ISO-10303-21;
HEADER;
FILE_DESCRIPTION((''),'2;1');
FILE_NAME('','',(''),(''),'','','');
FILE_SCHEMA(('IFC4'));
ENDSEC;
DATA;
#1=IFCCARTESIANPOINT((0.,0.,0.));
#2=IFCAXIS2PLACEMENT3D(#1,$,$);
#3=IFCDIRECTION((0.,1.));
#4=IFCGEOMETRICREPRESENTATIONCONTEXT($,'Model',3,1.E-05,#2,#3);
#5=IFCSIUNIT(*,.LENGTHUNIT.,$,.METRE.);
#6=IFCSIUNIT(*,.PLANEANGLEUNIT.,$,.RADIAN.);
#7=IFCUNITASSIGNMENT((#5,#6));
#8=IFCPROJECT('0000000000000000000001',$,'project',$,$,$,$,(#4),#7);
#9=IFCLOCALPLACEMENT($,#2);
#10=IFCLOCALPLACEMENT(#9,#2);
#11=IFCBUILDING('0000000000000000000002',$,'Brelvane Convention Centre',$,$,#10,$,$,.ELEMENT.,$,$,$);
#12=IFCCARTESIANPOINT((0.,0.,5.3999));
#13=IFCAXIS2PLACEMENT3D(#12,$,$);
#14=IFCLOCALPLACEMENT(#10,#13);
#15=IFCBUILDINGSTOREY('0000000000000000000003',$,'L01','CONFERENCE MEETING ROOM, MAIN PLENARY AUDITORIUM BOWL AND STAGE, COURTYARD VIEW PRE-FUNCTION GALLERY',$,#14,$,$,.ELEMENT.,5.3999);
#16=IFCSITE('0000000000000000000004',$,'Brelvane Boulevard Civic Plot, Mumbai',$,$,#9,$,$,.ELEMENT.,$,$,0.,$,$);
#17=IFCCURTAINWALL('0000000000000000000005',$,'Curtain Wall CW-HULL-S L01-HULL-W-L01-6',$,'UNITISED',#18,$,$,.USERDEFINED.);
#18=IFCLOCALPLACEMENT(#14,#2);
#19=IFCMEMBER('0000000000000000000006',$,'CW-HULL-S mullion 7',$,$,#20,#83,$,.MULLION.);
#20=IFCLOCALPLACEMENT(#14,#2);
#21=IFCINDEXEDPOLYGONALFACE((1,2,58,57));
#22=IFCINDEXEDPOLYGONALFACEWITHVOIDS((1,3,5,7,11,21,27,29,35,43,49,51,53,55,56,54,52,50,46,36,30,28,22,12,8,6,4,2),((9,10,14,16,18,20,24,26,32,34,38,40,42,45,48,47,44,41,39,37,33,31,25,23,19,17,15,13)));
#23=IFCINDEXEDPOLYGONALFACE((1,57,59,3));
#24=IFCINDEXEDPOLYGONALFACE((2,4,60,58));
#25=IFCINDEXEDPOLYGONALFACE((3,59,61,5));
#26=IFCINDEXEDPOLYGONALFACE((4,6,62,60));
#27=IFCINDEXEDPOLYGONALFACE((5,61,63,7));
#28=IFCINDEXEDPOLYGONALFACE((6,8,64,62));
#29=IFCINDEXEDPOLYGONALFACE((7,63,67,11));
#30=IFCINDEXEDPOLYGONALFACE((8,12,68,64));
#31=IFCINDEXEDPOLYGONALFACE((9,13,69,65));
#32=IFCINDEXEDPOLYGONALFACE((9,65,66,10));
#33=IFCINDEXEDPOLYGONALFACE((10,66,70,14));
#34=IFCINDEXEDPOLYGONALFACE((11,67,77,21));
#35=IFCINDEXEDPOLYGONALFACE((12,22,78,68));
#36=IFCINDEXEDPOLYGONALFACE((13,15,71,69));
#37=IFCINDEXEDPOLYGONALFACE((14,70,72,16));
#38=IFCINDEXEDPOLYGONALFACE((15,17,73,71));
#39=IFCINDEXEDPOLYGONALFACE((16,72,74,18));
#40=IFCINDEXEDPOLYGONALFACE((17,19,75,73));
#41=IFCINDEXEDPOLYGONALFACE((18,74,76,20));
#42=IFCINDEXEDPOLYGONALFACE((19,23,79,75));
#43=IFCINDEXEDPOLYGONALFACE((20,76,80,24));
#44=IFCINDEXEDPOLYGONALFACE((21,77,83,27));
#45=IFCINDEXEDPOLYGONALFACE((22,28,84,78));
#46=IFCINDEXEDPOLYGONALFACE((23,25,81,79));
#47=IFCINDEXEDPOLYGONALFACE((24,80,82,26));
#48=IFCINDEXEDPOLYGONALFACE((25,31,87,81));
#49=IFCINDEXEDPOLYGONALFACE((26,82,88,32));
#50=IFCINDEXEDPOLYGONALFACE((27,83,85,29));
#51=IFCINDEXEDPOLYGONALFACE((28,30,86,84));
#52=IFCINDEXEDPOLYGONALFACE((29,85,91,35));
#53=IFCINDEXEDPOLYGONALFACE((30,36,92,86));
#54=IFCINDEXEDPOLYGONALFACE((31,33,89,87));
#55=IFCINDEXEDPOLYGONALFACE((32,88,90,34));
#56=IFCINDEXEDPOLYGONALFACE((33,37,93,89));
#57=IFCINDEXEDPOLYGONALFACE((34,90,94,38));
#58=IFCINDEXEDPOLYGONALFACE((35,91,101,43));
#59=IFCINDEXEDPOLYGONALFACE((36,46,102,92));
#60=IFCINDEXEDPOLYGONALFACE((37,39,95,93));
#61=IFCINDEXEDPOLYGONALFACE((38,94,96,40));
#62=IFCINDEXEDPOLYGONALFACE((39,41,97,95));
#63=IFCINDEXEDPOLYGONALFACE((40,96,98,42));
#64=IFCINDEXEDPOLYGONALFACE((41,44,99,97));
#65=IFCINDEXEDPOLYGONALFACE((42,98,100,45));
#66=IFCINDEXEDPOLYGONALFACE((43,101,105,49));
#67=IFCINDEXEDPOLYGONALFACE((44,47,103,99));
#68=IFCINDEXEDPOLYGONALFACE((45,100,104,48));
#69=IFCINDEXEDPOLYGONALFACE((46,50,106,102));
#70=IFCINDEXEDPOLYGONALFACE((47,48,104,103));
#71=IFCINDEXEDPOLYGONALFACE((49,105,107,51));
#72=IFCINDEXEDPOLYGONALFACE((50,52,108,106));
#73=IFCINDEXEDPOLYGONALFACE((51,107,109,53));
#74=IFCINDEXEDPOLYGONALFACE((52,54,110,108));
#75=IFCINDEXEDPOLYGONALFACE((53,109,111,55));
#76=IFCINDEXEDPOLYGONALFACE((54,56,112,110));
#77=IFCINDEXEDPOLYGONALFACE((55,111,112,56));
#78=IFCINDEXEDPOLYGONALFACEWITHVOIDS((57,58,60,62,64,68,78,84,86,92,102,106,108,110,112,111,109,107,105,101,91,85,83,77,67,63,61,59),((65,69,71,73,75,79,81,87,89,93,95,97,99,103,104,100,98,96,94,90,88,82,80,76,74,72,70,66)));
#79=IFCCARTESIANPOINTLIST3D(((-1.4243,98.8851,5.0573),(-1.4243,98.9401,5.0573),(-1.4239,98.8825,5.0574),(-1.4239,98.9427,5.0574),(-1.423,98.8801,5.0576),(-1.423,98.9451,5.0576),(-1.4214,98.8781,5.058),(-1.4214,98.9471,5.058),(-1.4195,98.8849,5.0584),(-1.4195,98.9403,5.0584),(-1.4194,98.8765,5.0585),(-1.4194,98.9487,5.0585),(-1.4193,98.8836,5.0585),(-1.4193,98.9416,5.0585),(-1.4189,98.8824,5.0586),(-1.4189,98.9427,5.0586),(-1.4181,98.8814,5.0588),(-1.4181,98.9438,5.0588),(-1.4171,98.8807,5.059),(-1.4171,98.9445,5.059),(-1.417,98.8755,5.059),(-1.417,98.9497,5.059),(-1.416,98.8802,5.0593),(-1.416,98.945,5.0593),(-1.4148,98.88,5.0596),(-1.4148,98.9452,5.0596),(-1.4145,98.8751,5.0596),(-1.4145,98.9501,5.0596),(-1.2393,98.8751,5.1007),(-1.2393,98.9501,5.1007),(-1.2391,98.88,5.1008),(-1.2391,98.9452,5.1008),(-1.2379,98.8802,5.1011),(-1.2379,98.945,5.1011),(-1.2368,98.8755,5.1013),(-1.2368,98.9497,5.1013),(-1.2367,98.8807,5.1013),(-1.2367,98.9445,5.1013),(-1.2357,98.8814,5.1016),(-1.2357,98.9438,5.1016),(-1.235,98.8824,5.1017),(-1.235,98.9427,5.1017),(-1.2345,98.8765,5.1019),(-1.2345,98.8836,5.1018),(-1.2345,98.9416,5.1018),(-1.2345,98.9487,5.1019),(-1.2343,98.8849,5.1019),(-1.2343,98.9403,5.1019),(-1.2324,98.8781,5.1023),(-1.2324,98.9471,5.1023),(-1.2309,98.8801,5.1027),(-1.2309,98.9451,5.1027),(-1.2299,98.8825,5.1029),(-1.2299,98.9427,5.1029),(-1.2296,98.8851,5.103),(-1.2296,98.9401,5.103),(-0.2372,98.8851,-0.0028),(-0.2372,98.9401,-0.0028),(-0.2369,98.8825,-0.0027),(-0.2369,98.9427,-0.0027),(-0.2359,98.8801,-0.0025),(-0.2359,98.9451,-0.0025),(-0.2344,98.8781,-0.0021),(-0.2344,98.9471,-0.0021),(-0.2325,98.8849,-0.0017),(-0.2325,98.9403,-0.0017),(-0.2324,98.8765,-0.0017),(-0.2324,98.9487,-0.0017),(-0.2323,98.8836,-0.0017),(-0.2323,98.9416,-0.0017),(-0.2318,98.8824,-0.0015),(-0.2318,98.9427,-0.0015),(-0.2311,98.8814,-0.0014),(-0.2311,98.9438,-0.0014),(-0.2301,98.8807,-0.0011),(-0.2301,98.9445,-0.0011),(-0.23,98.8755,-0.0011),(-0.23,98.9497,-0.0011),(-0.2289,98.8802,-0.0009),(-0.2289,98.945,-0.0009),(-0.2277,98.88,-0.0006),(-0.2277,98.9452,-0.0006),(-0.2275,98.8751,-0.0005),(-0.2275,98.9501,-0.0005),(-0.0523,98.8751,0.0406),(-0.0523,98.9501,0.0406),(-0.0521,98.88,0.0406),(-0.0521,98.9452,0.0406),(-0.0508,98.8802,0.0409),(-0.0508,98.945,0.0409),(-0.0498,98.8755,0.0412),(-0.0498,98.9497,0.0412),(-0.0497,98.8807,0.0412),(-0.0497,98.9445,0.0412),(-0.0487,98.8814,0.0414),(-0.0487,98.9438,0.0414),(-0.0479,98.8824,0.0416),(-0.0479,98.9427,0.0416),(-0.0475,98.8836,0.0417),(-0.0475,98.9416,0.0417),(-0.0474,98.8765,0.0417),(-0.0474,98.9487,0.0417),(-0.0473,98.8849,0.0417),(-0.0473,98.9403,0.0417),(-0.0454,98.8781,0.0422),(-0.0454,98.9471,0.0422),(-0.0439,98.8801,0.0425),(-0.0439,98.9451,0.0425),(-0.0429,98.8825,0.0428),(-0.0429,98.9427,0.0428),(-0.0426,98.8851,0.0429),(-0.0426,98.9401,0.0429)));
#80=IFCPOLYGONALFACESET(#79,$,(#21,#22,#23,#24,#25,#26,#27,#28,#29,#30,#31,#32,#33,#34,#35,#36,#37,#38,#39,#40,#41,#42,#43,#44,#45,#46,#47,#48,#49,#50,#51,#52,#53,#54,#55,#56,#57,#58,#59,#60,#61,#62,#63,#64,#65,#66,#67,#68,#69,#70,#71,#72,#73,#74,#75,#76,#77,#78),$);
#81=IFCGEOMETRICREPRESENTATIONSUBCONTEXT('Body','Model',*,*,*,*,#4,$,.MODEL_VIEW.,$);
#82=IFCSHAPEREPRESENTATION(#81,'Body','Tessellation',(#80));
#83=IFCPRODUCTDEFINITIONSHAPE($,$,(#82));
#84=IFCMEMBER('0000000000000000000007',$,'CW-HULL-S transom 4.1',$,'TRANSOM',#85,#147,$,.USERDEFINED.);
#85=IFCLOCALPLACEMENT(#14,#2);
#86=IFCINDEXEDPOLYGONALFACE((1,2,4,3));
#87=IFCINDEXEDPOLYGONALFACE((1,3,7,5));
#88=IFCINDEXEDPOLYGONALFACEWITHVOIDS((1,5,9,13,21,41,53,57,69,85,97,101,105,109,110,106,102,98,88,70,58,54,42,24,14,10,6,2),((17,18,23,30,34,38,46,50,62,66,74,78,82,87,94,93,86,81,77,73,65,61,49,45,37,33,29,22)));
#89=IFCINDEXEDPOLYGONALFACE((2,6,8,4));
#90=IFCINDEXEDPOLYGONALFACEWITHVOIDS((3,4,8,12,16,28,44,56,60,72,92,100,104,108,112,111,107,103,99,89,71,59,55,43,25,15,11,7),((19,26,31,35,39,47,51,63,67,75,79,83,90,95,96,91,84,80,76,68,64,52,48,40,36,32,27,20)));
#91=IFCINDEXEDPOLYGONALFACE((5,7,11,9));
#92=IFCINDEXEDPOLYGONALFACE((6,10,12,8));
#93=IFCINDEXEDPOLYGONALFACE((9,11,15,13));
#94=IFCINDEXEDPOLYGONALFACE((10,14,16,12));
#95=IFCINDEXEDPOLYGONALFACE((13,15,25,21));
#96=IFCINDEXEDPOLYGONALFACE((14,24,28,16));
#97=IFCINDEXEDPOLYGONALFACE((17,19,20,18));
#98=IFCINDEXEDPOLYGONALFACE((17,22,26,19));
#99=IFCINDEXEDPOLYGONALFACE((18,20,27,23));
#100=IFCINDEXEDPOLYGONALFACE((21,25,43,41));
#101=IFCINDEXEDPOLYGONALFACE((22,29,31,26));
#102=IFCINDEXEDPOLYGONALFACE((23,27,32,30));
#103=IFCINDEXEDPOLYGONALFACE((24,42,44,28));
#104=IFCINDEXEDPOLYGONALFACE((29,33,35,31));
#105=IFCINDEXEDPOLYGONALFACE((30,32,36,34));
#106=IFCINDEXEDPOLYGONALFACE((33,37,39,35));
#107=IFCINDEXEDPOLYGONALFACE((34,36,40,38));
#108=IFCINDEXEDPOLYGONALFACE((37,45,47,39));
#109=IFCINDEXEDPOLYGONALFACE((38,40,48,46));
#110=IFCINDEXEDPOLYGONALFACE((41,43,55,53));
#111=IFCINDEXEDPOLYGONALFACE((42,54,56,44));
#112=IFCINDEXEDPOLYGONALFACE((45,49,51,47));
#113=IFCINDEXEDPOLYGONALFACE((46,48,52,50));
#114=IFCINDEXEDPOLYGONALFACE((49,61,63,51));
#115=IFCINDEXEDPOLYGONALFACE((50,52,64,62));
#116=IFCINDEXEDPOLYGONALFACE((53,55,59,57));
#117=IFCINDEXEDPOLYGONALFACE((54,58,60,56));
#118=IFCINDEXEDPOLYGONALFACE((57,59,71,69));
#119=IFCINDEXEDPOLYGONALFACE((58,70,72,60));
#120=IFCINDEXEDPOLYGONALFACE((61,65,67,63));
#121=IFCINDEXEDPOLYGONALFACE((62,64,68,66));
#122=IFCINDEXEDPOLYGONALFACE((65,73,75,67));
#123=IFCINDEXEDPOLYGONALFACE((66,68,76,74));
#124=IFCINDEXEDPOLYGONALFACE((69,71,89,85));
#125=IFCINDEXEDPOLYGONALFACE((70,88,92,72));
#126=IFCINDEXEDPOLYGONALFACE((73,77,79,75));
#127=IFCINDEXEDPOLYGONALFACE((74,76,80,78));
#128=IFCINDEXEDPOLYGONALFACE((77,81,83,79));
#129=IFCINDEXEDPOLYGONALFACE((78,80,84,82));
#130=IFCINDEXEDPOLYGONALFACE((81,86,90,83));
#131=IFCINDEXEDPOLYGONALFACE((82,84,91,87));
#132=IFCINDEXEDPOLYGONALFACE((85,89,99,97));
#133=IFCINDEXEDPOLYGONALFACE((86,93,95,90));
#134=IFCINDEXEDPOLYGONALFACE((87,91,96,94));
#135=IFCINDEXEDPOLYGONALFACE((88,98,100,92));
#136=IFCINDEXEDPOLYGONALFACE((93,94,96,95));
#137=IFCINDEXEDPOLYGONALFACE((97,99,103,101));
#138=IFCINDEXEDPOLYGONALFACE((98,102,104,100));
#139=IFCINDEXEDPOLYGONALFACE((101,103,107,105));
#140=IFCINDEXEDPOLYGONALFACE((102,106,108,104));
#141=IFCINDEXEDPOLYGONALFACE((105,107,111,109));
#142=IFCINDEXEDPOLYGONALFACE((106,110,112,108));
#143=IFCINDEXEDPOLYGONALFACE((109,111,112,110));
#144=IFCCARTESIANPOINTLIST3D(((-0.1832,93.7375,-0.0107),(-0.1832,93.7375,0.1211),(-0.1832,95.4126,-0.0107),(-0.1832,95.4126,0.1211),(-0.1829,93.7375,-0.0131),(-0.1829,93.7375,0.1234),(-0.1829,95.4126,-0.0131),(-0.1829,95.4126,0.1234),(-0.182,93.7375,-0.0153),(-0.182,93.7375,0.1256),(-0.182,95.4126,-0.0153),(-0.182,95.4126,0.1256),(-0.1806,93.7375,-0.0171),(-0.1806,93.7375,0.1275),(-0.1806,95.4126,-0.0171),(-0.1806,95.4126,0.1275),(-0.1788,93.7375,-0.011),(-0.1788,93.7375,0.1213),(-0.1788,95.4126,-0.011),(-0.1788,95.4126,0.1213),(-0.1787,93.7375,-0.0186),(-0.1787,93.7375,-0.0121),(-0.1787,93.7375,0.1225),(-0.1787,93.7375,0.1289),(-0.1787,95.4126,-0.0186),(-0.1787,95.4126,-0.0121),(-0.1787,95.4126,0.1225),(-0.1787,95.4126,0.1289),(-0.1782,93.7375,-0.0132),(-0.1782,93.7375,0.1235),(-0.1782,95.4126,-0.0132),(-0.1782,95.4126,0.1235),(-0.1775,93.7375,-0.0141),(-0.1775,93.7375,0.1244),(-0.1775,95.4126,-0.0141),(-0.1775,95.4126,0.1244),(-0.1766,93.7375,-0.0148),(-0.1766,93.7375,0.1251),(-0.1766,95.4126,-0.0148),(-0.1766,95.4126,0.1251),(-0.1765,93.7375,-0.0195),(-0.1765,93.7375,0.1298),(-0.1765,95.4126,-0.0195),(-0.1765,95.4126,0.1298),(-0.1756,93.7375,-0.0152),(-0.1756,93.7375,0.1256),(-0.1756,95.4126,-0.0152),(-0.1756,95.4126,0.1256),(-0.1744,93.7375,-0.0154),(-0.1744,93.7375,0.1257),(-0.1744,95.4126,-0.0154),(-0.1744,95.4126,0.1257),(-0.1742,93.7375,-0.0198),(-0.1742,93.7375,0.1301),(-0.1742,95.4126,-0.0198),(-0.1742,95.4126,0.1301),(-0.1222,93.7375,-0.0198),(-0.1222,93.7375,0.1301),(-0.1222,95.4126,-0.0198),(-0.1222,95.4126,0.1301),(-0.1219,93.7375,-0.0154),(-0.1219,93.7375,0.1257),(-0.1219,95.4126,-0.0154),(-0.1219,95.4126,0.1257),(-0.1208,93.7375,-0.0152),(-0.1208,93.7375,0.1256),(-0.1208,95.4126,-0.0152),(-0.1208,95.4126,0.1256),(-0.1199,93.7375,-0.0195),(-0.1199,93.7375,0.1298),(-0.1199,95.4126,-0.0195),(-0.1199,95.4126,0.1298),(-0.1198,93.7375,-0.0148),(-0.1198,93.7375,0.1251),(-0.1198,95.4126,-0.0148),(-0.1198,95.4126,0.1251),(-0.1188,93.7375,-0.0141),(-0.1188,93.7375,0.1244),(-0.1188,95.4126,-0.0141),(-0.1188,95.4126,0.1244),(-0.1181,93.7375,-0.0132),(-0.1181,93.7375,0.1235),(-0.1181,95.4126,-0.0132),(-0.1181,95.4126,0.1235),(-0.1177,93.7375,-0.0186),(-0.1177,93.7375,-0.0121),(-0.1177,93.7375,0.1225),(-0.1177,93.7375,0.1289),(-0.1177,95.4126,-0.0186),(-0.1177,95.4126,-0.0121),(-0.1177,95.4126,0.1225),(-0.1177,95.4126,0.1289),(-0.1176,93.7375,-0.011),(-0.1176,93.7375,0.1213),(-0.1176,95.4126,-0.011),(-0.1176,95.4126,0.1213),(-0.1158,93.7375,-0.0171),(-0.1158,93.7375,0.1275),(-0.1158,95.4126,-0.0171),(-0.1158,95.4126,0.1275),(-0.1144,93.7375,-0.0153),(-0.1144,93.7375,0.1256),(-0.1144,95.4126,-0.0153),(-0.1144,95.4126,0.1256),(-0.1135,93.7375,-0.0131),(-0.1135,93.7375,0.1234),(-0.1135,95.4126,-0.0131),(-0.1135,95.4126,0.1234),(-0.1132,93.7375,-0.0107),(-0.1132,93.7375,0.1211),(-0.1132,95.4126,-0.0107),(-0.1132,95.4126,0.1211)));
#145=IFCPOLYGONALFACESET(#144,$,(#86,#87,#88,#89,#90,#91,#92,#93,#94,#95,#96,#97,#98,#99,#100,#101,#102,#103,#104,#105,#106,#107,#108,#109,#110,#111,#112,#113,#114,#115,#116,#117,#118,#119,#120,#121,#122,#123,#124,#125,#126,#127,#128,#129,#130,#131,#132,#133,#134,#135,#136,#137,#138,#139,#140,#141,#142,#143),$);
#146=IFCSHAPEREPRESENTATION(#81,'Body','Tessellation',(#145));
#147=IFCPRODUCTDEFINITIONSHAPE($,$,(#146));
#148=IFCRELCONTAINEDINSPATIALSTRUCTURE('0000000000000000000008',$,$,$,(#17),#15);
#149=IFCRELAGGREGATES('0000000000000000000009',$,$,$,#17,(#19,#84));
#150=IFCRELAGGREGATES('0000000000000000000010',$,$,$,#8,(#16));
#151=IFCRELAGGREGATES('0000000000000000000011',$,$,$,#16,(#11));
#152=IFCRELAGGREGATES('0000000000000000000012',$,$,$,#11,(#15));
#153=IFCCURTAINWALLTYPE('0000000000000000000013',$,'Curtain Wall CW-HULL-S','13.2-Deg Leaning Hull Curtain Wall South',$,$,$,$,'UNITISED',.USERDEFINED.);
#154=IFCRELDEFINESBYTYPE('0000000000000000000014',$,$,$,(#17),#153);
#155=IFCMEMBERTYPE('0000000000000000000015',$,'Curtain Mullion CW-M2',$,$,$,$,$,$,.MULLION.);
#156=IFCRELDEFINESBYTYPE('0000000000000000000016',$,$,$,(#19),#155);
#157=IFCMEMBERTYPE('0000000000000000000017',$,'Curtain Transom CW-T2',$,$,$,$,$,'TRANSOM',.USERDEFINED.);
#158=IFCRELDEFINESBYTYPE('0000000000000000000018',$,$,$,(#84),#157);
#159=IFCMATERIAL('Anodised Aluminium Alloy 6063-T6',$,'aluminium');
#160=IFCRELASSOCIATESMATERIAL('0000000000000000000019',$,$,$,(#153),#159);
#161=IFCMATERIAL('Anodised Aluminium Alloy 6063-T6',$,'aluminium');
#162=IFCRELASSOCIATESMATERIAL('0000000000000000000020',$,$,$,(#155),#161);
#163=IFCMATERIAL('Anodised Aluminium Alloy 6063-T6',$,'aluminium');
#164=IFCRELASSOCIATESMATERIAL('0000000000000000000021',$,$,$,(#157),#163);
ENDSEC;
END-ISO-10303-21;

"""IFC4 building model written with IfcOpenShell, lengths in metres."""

from ifc_helpers import new_model, si_unit, direction, frame, origin, origin_2d, place, context, subcontext, project, spatial, hollow_rectangle, extrude, material, material_profile, profile_set, type_object, element, aggregate, save


model = new_model("IFC4")

# Units and contexts
model_context = context("Model", 3, precision=1e-05, world=origin(), true_north=direction((0.0, 1.0)))
body_context = subcontext(model_context, "Body", "Model", "MODEL_VIEW")
ifc_project = project(units=[si_unit("LENGTHUNIT", "METRE"), si_unit("PLANEANGLEUNIT", "RADIAN")], contexts=[model_context])

# Site, building, storey
site_placement = place(None, origin())
site = spatial("IfcSite", under=ifc_project, at=site_placement, Name="Brelvane Boulevard Civic Plot, Mumbai", CompositionType="ELEMENT", RefElevation=0.0)
building_placement = place(site_placement, origin())
building = spatial("IfcBuilding", under=site, at=building_placement, Name="Brelvane Convention Centre", CompositionType="ELEMENT")
storey_placement = place(building_placement, frame((0.0, 0.0, 5.3999)))
storey = spatial("IfcBuildingStorey", under=building, at=storey_placement, Name="L01", Description="CONFERENCE MEETING ROOM, MAIN PLENARY AUDITORIUM BOWL AND STAGE, COURTYARD VIEW PRE-FUNCTION GALLERY", CompositionType="ELEMENT", Elevation=5.3999)

# Curtain wall, members
ifc_material_1 = material(Name="Anodised Aluminium Alloy 6063-T6", Category="aluminium")
curtain_wall_type = type_object("IfcCurtainWallType", Name="Curtain Wall CW-HULL-S", Description="13.2-Deg Leaning Hull Curtain Wall South", ElementType="UNITISED", PredefinedType="USERDEFINED", material=ifc_material_1)
curtain_wall_placement = place(storey_placement, origin())
curtain_wall = element("IfcCurtainWall", 1, at=curtain_wall_placement, inside=storey, type_object=curtain_wall_type, Name="Curtain Wall CW-HULL-S L01-HULL-W-L01-6", ObjectType="UNITISED", PredefinedType="USERDEFINED")
ifc_material_2 = material(Name="Anodised Aluminium Alloy 6063-T6", Category="aluminium")
ifc_material_profile_1 = material_profile(ifc_material_2, hollow_rectangle(XDim=0.075, YDim=0.2, WallThickness=0.0049, InnerFilletRadius=0.0049, OuterFilletRadius=0.01, at=origin_2d()), Name="ALU-M 200x75x5.0")
ifc_profile_set_1 = profile_set([ifc_material_profile_1], Name="Anodised Aluminium Alloy 6063-T6")
member_type_1 = type_object("IfcMemberType", Name="Curtain Mullion CW-M2", PredefinedType="MULLION", material=ifc_profile_set_1)
member_1_placement = place(storey_placement, frame((-0.1399, 98.9126, 0.02), z_axis=(-0.228385, 0.0, 0.973571), x_axis=(0.0, -1.0, 0.0)))
member_1 = element("IfcMember", 2, at=member_1_placement, type_object=member_type_1, Name="CW-HULL-S mullion 7", PredefinedType="MULLION", context=body_context, shape_type="SweptSolid", body=[
    extrude(hollow_rectangle(XDim=0.075, YDim=0.2, WallThickness=0.0049, InnerFilletRadius=0.0049, OuterFilletRadius=0.01, at=origin_2d()), origin(), (0.0, 0.0, 1.0), 5.1975),
])
ifc_material_3 = material(Name="Anodised Aluminium Alloy 6063-T6", Category="aluminium")
ifc_material_profile_2 = material_profile(ifc_material_3, hollow_rectangle(XDim=0.0701, YDim=0.1499, WallThickness=0.0044, InnerFilletRadius=0.0044, OuterFilletRadius=0.009, at=origin_2d()), Name="ALU-T 150x70x4.5")
ifc_profile_set_2 = profile_set([ifc_material_profile_2], Name="Anodised Aluminium Alloy 6063-T6")
member_type_2 = type_object("IfcMemberType", Name="Curtain Transom CW-T2", ElementType="TRANSOM", PredefinedType="USERDEFINED", material=ifc_profile_set_2)
member_2_placement = place(storey_placement, frame((-0.1482, 93.7375, 0.0552), z_axis=(0.0, 1.0, 0.0), x_axis=(-1.0, 0.0, 0.0)))
member_2 = element("IfcMember", 3, at=member_2_placement, type_object=member_type_2, Name="CW-HULL-S transom 4.1", ObjectType="TRANSOM", PredefinedType="USERDEFINED", context=body_context, shape_type="SweptSolid", body=[
    extrude(hollow_rectangle(XDim=0.0701, YDim=0.1499, WallThickness=0.0044, InnerFilletRadius=0.0044, OuterFilletRadius=0.009, at=origin_2d()), origin(), (0.0, 0.0, 1.0), 1.675),
])

aggregate(curtain_wall, [member_1, member_2])

save(model, "model.ifc")
